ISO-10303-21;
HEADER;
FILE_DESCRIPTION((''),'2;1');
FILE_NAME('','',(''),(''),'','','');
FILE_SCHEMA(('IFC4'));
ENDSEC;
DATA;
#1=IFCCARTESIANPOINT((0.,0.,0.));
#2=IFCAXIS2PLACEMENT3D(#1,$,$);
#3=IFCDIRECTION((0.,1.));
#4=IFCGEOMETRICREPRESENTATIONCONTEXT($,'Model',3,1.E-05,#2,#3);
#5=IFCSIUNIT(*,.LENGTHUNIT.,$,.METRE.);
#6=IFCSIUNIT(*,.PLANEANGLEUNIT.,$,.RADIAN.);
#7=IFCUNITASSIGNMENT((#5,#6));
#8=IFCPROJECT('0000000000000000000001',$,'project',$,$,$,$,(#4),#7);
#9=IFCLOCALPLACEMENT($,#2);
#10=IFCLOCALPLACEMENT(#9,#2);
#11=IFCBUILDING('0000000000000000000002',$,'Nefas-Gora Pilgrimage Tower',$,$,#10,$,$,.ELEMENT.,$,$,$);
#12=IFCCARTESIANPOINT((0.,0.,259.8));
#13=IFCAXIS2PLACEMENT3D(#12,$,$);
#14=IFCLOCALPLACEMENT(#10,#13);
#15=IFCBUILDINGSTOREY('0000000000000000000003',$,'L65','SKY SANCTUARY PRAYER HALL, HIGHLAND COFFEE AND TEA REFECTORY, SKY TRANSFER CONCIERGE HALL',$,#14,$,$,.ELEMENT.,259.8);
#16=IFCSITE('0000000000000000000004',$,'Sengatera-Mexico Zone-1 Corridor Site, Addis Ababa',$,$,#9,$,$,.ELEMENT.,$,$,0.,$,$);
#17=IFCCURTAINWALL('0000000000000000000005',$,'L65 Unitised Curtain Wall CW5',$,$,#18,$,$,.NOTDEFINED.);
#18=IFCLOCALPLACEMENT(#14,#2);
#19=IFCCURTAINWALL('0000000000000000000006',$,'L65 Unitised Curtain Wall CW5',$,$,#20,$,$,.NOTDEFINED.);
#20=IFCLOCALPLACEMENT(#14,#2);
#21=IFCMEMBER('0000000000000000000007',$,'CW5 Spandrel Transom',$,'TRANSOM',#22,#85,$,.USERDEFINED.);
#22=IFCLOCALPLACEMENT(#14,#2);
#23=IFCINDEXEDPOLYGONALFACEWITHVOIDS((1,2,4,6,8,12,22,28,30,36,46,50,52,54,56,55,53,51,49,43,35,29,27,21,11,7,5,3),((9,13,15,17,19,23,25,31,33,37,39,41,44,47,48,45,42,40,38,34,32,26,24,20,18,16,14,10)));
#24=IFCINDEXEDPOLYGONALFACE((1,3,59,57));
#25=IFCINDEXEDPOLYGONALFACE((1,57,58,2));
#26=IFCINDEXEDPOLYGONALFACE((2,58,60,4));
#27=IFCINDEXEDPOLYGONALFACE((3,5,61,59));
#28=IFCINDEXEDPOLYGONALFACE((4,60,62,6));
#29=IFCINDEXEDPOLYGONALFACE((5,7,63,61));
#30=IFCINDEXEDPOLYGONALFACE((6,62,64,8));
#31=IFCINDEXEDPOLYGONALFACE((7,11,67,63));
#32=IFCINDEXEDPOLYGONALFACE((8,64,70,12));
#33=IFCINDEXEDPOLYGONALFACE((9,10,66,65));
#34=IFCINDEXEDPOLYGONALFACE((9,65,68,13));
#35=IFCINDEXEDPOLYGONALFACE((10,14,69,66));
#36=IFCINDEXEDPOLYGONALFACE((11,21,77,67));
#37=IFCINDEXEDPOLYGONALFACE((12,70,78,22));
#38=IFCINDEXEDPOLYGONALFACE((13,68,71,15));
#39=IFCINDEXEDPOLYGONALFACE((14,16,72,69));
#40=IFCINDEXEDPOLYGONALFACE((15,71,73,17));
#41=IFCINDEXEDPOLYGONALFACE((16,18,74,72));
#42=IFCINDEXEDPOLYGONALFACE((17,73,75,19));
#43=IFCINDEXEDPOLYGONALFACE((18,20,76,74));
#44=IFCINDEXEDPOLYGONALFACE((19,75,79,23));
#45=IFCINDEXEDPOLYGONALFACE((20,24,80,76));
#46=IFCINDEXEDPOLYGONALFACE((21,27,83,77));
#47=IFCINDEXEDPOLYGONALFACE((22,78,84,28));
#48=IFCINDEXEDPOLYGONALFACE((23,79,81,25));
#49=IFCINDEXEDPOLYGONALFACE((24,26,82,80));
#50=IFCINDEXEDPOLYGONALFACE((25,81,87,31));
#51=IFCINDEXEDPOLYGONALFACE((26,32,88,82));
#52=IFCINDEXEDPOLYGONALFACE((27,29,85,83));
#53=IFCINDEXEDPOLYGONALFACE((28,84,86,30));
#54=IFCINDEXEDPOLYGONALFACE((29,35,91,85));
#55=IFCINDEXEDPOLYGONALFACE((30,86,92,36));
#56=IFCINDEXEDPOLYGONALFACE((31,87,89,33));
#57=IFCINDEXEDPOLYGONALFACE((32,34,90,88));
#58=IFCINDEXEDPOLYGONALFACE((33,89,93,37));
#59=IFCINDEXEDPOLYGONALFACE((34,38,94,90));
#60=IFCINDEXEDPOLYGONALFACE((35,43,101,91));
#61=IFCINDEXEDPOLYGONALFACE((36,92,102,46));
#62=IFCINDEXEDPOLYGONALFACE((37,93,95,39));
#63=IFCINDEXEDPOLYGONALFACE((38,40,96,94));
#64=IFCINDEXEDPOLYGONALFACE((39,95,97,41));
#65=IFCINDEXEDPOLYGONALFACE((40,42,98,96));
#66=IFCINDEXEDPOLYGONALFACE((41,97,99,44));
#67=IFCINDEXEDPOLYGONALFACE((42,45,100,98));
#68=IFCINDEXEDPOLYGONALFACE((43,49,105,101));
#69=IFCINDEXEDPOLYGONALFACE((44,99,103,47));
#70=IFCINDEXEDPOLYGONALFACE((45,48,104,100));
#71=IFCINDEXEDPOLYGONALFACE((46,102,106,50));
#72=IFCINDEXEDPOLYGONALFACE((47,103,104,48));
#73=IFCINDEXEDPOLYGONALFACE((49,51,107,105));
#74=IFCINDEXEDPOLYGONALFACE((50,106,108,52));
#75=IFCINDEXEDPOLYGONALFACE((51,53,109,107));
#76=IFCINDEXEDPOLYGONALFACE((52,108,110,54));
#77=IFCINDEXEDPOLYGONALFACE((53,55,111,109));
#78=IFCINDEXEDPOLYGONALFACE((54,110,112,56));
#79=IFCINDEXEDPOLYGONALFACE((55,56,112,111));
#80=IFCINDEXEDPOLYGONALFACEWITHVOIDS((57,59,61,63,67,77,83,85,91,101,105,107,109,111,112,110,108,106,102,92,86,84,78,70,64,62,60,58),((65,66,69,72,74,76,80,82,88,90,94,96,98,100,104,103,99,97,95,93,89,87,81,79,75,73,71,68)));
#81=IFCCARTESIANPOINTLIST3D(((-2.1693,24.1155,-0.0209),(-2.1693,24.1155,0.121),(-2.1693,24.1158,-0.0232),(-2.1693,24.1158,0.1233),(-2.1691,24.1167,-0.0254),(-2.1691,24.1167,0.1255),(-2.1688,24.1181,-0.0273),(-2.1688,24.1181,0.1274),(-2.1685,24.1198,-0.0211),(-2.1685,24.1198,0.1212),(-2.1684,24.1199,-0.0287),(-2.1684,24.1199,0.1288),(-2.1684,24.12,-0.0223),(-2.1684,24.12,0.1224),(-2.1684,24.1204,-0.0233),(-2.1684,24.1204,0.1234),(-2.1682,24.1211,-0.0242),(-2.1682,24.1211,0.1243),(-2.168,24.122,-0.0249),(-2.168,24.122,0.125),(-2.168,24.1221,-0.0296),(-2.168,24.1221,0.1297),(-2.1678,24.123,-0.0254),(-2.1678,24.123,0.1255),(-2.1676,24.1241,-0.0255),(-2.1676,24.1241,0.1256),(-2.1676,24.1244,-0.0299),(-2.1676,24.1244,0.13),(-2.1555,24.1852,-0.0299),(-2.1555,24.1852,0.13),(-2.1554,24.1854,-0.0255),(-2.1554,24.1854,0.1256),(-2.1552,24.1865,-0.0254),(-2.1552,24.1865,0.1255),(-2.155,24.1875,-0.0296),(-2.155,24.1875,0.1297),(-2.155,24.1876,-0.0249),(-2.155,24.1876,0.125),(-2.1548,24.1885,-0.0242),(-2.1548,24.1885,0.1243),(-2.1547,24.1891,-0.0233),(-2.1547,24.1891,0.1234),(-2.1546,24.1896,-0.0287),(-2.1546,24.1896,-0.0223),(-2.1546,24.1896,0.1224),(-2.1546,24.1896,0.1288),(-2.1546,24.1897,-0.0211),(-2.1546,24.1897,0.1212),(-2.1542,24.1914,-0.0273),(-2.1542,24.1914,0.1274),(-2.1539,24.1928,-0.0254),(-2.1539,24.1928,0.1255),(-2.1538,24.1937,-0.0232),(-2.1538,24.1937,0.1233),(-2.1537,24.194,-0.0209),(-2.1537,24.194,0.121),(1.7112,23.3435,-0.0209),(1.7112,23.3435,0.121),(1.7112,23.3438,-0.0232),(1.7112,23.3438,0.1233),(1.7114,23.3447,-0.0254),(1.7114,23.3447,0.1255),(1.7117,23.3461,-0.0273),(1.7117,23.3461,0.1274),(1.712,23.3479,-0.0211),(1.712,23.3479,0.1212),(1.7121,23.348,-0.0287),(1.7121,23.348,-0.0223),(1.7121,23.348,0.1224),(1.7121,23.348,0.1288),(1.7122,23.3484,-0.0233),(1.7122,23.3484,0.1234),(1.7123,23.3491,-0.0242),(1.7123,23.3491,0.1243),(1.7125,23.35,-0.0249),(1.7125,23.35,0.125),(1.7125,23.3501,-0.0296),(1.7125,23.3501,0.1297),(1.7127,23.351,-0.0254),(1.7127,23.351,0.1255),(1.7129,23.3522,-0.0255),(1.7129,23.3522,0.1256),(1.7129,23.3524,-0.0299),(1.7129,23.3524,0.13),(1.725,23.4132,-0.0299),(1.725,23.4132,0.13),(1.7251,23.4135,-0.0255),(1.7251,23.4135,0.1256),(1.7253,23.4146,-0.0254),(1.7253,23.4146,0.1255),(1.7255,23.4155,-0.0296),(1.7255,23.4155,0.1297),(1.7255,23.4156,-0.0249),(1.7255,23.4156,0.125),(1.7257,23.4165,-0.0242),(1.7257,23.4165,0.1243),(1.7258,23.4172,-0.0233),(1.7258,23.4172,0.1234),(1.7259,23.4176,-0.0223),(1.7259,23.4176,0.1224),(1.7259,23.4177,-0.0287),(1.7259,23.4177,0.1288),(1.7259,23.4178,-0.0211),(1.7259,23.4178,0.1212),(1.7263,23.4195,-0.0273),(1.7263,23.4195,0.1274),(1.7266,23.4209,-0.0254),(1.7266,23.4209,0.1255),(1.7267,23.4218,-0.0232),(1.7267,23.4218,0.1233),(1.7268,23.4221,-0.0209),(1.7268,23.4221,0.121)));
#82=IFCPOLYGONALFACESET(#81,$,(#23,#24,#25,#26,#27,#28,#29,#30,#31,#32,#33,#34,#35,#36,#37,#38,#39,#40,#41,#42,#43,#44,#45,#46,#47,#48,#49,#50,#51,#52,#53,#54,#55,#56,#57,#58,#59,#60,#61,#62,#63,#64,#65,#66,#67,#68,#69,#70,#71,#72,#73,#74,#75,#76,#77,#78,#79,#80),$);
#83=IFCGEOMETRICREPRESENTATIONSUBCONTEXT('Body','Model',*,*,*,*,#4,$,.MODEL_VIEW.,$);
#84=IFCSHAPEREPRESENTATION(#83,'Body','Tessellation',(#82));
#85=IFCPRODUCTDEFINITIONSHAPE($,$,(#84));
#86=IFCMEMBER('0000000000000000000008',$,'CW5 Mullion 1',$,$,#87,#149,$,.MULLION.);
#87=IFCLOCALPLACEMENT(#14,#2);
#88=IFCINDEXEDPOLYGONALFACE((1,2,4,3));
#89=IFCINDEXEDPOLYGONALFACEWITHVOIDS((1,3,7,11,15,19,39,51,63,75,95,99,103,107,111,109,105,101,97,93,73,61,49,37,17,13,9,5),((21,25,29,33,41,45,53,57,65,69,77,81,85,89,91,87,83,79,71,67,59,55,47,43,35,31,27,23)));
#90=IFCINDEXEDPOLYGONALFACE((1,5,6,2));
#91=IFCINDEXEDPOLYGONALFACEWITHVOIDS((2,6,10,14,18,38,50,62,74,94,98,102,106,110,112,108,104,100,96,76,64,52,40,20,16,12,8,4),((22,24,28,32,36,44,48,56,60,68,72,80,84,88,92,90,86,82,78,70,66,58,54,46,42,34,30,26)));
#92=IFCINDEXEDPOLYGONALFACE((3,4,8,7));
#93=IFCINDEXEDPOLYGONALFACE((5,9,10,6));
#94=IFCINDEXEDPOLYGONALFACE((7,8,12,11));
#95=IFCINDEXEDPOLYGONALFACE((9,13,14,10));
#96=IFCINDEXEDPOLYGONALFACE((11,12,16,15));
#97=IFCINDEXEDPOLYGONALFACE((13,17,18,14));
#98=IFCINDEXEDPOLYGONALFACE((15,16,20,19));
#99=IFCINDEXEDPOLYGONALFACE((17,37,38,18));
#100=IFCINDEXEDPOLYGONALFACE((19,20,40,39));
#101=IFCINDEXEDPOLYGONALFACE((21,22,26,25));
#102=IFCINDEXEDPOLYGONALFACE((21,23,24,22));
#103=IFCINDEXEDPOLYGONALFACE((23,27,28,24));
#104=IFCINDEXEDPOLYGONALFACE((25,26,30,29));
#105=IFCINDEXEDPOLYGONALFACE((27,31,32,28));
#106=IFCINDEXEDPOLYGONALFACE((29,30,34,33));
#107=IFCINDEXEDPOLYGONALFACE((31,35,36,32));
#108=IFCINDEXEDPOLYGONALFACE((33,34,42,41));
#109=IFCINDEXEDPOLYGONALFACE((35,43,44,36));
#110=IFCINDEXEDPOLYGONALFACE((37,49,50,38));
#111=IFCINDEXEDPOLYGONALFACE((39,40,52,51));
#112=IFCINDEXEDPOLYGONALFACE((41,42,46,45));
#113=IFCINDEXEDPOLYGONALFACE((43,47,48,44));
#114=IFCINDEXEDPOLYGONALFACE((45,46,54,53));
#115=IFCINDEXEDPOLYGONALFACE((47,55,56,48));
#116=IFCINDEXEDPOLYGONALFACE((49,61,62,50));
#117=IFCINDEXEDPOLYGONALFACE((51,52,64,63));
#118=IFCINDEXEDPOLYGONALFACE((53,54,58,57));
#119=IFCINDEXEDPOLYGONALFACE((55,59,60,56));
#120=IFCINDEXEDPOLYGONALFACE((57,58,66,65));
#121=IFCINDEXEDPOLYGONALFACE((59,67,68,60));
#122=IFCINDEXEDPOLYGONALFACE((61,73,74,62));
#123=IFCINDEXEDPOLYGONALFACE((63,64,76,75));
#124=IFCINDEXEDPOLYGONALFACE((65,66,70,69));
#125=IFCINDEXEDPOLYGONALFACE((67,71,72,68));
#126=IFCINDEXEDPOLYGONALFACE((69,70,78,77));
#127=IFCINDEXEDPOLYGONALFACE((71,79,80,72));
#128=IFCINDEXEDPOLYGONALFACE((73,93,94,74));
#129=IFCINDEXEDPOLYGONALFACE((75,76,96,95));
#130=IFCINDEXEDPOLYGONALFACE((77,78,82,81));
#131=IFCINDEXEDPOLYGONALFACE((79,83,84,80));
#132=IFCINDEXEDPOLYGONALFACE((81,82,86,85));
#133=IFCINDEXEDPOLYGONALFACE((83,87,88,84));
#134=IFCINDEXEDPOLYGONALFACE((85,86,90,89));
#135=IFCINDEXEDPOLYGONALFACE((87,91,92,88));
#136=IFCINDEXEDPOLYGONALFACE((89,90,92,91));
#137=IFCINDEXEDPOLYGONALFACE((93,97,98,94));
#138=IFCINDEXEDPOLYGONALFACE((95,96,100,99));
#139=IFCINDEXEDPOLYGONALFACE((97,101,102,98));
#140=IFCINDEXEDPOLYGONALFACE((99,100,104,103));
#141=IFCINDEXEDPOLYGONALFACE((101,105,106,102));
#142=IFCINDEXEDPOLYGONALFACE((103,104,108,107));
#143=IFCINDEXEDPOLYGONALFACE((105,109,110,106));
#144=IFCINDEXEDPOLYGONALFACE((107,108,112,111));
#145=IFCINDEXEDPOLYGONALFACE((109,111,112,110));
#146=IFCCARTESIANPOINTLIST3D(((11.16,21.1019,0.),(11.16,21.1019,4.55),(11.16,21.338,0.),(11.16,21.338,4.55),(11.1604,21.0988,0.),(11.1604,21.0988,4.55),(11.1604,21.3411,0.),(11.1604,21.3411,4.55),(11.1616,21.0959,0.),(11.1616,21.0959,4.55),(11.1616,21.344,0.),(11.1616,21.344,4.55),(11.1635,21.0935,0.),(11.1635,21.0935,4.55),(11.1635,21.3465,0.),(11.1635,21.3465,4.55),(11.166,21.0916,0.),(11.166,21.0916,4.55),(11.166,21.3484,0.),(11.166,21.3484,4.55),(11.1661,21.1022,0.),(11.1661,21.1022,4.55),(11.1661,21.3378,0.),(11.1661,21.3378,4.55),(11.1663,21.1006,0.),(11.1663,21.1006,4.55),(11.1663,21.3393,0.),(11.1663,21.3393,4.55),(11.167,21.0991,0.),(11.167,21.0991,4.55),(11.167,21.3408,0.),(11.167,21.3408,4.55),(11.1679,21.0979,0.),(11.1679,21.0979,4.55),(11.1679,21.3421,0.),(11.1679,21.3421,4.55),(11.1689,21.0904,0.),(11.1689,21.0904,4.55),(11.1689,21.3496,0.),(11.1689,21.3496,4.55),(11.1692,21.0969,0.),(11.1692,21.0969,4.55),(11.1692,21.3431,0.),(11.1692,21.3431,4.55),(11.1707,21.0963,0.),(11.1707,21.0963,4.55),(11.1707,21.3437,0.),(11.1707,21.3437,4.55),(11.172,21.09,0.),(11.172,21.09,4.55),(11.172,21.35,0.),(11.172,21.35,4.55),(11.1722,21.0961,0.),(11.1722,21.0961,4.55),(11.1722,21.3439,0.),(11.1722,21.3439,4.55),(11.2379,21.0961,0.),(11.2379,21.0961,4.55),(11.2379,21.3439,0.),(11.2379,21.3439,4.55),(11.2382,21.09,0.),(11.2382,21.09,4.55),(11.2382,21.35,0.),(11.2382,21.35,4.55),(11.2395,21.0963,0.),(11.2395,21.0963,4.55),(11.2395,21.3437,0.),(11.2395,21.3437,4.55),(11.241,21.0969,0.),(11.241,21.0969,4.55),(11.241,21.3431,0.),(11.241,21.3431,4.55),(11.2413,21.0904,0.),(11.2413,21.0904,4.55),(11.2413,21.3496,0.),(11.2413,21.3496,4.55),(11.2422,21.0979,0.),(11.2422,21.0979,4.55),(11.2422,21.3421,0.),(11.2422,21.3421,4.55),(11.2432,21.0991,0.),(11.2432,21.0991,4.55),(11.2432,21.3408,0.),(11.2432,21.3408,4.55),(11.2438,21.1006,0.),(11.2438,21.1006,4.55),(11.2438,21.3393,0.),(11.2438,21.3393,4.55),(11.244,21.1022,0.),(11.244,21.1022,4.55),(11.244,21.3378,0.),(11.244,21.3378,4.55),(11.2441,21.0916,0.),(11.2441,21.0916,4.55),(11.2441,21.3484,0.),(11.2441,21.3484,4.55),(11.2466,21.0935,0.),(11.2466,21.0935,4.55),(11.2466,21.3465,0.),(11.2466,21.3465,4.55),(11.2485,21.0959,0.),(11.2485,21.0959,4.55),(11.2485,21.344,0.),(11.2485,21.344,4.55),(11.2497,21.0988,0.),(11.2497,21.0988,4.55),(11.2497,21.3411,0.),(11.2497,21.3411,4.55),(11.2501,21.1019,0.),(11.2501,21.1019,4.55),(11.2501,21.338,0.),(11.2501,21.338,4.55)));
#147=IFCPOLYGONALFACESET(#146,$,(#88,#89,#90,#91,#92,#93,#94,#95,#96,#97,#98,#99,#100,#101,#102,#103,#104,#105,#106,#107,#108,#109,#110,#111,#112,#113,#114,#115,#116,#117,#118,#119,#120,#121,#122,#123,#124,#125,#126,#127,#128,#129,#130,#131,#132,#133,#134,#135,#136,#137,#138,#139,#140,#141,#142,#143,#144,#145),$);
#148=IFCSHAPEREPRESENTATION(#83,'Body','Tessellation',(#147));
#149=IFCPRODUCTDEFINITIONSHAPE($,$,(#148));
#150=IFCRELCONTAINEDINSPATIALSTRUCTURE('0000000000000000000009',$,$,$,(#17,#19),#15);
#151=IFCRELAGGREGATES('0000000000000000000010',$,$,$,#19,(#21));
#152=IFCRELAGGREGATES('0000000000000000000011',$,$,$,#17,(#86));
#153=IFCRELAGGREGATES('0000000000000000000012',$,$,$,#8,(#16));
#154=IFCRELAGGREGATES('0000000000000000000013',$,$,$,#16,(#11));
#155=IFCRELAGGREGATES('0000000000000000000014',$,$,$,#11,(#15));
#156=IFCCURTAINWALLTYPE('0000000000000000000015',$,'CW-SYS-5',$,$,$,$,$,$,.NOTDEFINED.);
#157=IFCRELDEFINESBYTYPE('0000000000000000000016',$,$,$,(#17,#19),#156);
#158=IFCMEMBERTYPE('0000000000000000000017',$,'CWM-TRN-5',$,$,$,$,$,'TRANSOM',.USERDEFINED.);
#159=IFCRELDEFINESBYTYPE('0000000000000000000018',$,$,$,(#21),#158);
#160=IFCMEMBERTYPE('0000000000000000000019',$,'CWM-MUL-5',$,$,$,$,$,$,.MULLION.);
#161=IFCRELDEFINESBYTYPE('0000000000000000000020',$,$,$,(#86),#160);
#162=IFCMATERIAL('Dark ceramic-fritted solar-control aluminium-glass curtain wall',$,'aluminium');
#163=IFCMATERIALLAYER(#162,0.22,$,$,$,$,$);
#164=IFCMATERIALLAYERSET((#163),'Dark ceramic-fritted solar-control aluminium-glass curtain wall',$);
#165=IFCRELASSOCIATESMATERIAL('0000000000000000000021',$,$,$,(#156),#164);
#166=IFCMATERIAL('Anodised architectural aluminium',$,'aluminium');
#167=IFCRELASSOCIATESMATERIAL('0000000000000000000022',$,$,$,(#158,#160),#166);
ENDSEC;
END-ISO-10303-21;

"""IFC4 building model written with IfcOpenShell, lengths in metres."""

from ifc_helpers import new_model, si_unit, direction, frame, origin, origin_2d, place, context, subcontext, project, spatial, hollow_rectangle, extrude, source, transform, mapped, material, layer, layer_set, material_profile, profile_set, type_object, element, aggregate, save


model = new_model("IFC4")

# Units and contexts
model_context = context("Model", 3, precision=1e-05, world=origin(), true_north=direction((0.0, 1.0)))
body_context = subcontext(model_context, "Body", "Model", "MODEL_VIEW")
ifc_project = project(units=[si_unit("LENGTHUNIT", "METRE"), si_unit("PLANEANGLEUNIT", "RADIAN")], contexts=[model_context])

# Site, building, storey
site_placement = place(None, origin())
site = spatial("IfcSite", under=ifc_project, at=site_placement, Name="Sengatera-Mexico Zone-1 Corridor Site, Addis Ababa", CompositionType="ELEMENT", RefElevation=0.0)
building_placement = place(site_placement, origin())
building = spatial("IfcBuilding", under=site, at=building_placement, Name="Nefas-Gora Pilgrimage Tower", CompositionType="ELEMENT")
storey_placement = place(building_placement, frame((0.0, 0.0, 259.8)))
storey = spatial("IfcBuildingStorey", under=building, at=storey_placement, Name="L65", Description="SKY SANCTUARY PRAYER HALL, HIGHLAND COFFEE AND TEA REFECTORY, SKY TRANSFER CONCIERGE HALL", CompositionType="ELEMENT", Elevation=259.8)

# Curtain walls, member
ifc_material_1 = material(Name="Dark ceramic-fritted solar-control aluminium-glass curtain wall", Category="aluminium")
ifc_layer_1 = layer(ifc_material_1, 0.22)
ifc_layer_set_1 = layer_set([ifc_layer_1], Name="Dark ceramic-fritted solar-control aluminium-glass curtain wall")
curtain_wall_type_1 = type_object("IfcCurtainWallType", Name="CW-SYS-5", PredefinedType="NOTDEFINED", material=ifc_layer_set_1)
curtain_wall_1_placement = place(storey_placement, origin())
curtain_wall_1 = element("IfcCurtainWall", 1, at=curtain_wall_1_placement, inside=storey, type_object=curtain_wall_type_1, Name="L65 Unitised Curtain Wall CW5", PredefinedType="NOTDEFINED")
ifc_material_2 = material(Name="Anodised architectural aluminium", Category="aluminium")
ifc_material_profile_1 = material_profile(ifc_material_2, hollow_rectangle(XDim=0.0801, YDim=0.1599, WallThickness=0.0044, InnerFilletRadius=0.0044, OuterFilletRadius=0.009, at=origin_2d()), Name="ALU TRANSOM 80x160")
ifc_profile_set_1 = profile_set([ifc_material_profile_1], Name="Anodised architectural aluminium")
member_type_1 = type_object("IfcMemberType", Name="CWM-TRN-5", ElementType="TRANSOM", PredefinedType="USERDEFINED", material=ifc_profile_set_1)
curtain_wall_2_placement = place(storey_placement, origin())
curtain_wall_2 = element("IfcCurtainWall", 2, at=curtain_wall_2_placement, inside=storey, type_object=curtain_wall_type_1, Name="L65 Unitised Curtain Wall CW5", PredefinedType="NOTDEFINED")
shared_shape_1 = source(origin(), body_context, "Body", "SweptSolid", [
    extrude(hollow_rectangle(XDim=0.0801, YDim=0.1599, WallThickness=0.0044, InnerFilletRadius=0.0044, OuterFilletRadius=0.009, at=origin_2d()), origin(), (0.0, 0.0, 1.0), 3.9565),
])
member_1_placement = place(storey_placement, frame((1.719, 23.3828, 0.05), z_axis=(-0.980782, 0.195107, 0.0), x_axis=(-0.195107, -0.980782, 0.0)))
member_1 = element("IfcMember", 3, at=member_1_placement, type_object=member_type_1, Name="CW5 Spandrel Transom", ObjectType="TRANSOM", PredefinedType="USERDEFINED", context=body_context, shape_type="MappedRepresentation", body=[
    mapped(shared_shape_1, transform((0.0, 0.0, 0.0), x_axis=(1.0, 0.0, 0.0), y_axis=(0.0, 1.0, 0.0), z_axis=(0.0, 0.0, 1.0), scale=1.0)),
])

# Member
ifc_material_profile_2 = material_profile(ifc_material_2, hollow_rectangle(XDim=0.0901, YDim=0.26, WallThickness=0.0061, InnerFilletRadius=0.0061, OuterFilletRadius=0.012, at=origin_2d()), Name="ALU MULLION 90x260")
ifc_profile_set_2 = profile_set([ifc_material_profile_2], Name="Anodised architectural aluminium")
member_type_2 = type_object("IfcMemberType", Name="CWM-MUL-5", PredefinedType="MULLION", material=ifc_profile_set_2)
shared_shape_2 = source(origin(), body_context, "Body", "SweptSolid", [
    extrude(hollow_rectangle(XDim=0.0901, YDim=0.26, WallThickness=0.0061, InnerFilletRadius=0.0061, OuterFilletRadius=0.012, at=origin_2d()), origin(), (0.0, 0.0, 1.0), 4.55),
])
member_2_placement = place(storey_placement, frame((11.2051, 21.22, 0.0), z_axis=(0.0, 0.0, 1.0), x_axis=(-1.0, 0.0, 0.0)))
member_2 = element("IfcMember", 4, at=member_2_placement, type_object=member_type_2, Name="CW5 Mullion 1", PredefinedType="MULLION", context=body_context, shape_type="MappedRepresentation", body=[
    mapped(shared_shape_2, transform((0.0, 0.0, 0.0), x_axis=(1.0, 0.0, 0.0), y_axis=(0.0, 1.0, 0.0), z_axis=(0.0, 0.0, 1.0), scale=1.0)),
])
aggregate(curtain_wall_2, [member_1])

aggregate(curtain_wall_1, [member_2])

save(model, "model.ifc")
